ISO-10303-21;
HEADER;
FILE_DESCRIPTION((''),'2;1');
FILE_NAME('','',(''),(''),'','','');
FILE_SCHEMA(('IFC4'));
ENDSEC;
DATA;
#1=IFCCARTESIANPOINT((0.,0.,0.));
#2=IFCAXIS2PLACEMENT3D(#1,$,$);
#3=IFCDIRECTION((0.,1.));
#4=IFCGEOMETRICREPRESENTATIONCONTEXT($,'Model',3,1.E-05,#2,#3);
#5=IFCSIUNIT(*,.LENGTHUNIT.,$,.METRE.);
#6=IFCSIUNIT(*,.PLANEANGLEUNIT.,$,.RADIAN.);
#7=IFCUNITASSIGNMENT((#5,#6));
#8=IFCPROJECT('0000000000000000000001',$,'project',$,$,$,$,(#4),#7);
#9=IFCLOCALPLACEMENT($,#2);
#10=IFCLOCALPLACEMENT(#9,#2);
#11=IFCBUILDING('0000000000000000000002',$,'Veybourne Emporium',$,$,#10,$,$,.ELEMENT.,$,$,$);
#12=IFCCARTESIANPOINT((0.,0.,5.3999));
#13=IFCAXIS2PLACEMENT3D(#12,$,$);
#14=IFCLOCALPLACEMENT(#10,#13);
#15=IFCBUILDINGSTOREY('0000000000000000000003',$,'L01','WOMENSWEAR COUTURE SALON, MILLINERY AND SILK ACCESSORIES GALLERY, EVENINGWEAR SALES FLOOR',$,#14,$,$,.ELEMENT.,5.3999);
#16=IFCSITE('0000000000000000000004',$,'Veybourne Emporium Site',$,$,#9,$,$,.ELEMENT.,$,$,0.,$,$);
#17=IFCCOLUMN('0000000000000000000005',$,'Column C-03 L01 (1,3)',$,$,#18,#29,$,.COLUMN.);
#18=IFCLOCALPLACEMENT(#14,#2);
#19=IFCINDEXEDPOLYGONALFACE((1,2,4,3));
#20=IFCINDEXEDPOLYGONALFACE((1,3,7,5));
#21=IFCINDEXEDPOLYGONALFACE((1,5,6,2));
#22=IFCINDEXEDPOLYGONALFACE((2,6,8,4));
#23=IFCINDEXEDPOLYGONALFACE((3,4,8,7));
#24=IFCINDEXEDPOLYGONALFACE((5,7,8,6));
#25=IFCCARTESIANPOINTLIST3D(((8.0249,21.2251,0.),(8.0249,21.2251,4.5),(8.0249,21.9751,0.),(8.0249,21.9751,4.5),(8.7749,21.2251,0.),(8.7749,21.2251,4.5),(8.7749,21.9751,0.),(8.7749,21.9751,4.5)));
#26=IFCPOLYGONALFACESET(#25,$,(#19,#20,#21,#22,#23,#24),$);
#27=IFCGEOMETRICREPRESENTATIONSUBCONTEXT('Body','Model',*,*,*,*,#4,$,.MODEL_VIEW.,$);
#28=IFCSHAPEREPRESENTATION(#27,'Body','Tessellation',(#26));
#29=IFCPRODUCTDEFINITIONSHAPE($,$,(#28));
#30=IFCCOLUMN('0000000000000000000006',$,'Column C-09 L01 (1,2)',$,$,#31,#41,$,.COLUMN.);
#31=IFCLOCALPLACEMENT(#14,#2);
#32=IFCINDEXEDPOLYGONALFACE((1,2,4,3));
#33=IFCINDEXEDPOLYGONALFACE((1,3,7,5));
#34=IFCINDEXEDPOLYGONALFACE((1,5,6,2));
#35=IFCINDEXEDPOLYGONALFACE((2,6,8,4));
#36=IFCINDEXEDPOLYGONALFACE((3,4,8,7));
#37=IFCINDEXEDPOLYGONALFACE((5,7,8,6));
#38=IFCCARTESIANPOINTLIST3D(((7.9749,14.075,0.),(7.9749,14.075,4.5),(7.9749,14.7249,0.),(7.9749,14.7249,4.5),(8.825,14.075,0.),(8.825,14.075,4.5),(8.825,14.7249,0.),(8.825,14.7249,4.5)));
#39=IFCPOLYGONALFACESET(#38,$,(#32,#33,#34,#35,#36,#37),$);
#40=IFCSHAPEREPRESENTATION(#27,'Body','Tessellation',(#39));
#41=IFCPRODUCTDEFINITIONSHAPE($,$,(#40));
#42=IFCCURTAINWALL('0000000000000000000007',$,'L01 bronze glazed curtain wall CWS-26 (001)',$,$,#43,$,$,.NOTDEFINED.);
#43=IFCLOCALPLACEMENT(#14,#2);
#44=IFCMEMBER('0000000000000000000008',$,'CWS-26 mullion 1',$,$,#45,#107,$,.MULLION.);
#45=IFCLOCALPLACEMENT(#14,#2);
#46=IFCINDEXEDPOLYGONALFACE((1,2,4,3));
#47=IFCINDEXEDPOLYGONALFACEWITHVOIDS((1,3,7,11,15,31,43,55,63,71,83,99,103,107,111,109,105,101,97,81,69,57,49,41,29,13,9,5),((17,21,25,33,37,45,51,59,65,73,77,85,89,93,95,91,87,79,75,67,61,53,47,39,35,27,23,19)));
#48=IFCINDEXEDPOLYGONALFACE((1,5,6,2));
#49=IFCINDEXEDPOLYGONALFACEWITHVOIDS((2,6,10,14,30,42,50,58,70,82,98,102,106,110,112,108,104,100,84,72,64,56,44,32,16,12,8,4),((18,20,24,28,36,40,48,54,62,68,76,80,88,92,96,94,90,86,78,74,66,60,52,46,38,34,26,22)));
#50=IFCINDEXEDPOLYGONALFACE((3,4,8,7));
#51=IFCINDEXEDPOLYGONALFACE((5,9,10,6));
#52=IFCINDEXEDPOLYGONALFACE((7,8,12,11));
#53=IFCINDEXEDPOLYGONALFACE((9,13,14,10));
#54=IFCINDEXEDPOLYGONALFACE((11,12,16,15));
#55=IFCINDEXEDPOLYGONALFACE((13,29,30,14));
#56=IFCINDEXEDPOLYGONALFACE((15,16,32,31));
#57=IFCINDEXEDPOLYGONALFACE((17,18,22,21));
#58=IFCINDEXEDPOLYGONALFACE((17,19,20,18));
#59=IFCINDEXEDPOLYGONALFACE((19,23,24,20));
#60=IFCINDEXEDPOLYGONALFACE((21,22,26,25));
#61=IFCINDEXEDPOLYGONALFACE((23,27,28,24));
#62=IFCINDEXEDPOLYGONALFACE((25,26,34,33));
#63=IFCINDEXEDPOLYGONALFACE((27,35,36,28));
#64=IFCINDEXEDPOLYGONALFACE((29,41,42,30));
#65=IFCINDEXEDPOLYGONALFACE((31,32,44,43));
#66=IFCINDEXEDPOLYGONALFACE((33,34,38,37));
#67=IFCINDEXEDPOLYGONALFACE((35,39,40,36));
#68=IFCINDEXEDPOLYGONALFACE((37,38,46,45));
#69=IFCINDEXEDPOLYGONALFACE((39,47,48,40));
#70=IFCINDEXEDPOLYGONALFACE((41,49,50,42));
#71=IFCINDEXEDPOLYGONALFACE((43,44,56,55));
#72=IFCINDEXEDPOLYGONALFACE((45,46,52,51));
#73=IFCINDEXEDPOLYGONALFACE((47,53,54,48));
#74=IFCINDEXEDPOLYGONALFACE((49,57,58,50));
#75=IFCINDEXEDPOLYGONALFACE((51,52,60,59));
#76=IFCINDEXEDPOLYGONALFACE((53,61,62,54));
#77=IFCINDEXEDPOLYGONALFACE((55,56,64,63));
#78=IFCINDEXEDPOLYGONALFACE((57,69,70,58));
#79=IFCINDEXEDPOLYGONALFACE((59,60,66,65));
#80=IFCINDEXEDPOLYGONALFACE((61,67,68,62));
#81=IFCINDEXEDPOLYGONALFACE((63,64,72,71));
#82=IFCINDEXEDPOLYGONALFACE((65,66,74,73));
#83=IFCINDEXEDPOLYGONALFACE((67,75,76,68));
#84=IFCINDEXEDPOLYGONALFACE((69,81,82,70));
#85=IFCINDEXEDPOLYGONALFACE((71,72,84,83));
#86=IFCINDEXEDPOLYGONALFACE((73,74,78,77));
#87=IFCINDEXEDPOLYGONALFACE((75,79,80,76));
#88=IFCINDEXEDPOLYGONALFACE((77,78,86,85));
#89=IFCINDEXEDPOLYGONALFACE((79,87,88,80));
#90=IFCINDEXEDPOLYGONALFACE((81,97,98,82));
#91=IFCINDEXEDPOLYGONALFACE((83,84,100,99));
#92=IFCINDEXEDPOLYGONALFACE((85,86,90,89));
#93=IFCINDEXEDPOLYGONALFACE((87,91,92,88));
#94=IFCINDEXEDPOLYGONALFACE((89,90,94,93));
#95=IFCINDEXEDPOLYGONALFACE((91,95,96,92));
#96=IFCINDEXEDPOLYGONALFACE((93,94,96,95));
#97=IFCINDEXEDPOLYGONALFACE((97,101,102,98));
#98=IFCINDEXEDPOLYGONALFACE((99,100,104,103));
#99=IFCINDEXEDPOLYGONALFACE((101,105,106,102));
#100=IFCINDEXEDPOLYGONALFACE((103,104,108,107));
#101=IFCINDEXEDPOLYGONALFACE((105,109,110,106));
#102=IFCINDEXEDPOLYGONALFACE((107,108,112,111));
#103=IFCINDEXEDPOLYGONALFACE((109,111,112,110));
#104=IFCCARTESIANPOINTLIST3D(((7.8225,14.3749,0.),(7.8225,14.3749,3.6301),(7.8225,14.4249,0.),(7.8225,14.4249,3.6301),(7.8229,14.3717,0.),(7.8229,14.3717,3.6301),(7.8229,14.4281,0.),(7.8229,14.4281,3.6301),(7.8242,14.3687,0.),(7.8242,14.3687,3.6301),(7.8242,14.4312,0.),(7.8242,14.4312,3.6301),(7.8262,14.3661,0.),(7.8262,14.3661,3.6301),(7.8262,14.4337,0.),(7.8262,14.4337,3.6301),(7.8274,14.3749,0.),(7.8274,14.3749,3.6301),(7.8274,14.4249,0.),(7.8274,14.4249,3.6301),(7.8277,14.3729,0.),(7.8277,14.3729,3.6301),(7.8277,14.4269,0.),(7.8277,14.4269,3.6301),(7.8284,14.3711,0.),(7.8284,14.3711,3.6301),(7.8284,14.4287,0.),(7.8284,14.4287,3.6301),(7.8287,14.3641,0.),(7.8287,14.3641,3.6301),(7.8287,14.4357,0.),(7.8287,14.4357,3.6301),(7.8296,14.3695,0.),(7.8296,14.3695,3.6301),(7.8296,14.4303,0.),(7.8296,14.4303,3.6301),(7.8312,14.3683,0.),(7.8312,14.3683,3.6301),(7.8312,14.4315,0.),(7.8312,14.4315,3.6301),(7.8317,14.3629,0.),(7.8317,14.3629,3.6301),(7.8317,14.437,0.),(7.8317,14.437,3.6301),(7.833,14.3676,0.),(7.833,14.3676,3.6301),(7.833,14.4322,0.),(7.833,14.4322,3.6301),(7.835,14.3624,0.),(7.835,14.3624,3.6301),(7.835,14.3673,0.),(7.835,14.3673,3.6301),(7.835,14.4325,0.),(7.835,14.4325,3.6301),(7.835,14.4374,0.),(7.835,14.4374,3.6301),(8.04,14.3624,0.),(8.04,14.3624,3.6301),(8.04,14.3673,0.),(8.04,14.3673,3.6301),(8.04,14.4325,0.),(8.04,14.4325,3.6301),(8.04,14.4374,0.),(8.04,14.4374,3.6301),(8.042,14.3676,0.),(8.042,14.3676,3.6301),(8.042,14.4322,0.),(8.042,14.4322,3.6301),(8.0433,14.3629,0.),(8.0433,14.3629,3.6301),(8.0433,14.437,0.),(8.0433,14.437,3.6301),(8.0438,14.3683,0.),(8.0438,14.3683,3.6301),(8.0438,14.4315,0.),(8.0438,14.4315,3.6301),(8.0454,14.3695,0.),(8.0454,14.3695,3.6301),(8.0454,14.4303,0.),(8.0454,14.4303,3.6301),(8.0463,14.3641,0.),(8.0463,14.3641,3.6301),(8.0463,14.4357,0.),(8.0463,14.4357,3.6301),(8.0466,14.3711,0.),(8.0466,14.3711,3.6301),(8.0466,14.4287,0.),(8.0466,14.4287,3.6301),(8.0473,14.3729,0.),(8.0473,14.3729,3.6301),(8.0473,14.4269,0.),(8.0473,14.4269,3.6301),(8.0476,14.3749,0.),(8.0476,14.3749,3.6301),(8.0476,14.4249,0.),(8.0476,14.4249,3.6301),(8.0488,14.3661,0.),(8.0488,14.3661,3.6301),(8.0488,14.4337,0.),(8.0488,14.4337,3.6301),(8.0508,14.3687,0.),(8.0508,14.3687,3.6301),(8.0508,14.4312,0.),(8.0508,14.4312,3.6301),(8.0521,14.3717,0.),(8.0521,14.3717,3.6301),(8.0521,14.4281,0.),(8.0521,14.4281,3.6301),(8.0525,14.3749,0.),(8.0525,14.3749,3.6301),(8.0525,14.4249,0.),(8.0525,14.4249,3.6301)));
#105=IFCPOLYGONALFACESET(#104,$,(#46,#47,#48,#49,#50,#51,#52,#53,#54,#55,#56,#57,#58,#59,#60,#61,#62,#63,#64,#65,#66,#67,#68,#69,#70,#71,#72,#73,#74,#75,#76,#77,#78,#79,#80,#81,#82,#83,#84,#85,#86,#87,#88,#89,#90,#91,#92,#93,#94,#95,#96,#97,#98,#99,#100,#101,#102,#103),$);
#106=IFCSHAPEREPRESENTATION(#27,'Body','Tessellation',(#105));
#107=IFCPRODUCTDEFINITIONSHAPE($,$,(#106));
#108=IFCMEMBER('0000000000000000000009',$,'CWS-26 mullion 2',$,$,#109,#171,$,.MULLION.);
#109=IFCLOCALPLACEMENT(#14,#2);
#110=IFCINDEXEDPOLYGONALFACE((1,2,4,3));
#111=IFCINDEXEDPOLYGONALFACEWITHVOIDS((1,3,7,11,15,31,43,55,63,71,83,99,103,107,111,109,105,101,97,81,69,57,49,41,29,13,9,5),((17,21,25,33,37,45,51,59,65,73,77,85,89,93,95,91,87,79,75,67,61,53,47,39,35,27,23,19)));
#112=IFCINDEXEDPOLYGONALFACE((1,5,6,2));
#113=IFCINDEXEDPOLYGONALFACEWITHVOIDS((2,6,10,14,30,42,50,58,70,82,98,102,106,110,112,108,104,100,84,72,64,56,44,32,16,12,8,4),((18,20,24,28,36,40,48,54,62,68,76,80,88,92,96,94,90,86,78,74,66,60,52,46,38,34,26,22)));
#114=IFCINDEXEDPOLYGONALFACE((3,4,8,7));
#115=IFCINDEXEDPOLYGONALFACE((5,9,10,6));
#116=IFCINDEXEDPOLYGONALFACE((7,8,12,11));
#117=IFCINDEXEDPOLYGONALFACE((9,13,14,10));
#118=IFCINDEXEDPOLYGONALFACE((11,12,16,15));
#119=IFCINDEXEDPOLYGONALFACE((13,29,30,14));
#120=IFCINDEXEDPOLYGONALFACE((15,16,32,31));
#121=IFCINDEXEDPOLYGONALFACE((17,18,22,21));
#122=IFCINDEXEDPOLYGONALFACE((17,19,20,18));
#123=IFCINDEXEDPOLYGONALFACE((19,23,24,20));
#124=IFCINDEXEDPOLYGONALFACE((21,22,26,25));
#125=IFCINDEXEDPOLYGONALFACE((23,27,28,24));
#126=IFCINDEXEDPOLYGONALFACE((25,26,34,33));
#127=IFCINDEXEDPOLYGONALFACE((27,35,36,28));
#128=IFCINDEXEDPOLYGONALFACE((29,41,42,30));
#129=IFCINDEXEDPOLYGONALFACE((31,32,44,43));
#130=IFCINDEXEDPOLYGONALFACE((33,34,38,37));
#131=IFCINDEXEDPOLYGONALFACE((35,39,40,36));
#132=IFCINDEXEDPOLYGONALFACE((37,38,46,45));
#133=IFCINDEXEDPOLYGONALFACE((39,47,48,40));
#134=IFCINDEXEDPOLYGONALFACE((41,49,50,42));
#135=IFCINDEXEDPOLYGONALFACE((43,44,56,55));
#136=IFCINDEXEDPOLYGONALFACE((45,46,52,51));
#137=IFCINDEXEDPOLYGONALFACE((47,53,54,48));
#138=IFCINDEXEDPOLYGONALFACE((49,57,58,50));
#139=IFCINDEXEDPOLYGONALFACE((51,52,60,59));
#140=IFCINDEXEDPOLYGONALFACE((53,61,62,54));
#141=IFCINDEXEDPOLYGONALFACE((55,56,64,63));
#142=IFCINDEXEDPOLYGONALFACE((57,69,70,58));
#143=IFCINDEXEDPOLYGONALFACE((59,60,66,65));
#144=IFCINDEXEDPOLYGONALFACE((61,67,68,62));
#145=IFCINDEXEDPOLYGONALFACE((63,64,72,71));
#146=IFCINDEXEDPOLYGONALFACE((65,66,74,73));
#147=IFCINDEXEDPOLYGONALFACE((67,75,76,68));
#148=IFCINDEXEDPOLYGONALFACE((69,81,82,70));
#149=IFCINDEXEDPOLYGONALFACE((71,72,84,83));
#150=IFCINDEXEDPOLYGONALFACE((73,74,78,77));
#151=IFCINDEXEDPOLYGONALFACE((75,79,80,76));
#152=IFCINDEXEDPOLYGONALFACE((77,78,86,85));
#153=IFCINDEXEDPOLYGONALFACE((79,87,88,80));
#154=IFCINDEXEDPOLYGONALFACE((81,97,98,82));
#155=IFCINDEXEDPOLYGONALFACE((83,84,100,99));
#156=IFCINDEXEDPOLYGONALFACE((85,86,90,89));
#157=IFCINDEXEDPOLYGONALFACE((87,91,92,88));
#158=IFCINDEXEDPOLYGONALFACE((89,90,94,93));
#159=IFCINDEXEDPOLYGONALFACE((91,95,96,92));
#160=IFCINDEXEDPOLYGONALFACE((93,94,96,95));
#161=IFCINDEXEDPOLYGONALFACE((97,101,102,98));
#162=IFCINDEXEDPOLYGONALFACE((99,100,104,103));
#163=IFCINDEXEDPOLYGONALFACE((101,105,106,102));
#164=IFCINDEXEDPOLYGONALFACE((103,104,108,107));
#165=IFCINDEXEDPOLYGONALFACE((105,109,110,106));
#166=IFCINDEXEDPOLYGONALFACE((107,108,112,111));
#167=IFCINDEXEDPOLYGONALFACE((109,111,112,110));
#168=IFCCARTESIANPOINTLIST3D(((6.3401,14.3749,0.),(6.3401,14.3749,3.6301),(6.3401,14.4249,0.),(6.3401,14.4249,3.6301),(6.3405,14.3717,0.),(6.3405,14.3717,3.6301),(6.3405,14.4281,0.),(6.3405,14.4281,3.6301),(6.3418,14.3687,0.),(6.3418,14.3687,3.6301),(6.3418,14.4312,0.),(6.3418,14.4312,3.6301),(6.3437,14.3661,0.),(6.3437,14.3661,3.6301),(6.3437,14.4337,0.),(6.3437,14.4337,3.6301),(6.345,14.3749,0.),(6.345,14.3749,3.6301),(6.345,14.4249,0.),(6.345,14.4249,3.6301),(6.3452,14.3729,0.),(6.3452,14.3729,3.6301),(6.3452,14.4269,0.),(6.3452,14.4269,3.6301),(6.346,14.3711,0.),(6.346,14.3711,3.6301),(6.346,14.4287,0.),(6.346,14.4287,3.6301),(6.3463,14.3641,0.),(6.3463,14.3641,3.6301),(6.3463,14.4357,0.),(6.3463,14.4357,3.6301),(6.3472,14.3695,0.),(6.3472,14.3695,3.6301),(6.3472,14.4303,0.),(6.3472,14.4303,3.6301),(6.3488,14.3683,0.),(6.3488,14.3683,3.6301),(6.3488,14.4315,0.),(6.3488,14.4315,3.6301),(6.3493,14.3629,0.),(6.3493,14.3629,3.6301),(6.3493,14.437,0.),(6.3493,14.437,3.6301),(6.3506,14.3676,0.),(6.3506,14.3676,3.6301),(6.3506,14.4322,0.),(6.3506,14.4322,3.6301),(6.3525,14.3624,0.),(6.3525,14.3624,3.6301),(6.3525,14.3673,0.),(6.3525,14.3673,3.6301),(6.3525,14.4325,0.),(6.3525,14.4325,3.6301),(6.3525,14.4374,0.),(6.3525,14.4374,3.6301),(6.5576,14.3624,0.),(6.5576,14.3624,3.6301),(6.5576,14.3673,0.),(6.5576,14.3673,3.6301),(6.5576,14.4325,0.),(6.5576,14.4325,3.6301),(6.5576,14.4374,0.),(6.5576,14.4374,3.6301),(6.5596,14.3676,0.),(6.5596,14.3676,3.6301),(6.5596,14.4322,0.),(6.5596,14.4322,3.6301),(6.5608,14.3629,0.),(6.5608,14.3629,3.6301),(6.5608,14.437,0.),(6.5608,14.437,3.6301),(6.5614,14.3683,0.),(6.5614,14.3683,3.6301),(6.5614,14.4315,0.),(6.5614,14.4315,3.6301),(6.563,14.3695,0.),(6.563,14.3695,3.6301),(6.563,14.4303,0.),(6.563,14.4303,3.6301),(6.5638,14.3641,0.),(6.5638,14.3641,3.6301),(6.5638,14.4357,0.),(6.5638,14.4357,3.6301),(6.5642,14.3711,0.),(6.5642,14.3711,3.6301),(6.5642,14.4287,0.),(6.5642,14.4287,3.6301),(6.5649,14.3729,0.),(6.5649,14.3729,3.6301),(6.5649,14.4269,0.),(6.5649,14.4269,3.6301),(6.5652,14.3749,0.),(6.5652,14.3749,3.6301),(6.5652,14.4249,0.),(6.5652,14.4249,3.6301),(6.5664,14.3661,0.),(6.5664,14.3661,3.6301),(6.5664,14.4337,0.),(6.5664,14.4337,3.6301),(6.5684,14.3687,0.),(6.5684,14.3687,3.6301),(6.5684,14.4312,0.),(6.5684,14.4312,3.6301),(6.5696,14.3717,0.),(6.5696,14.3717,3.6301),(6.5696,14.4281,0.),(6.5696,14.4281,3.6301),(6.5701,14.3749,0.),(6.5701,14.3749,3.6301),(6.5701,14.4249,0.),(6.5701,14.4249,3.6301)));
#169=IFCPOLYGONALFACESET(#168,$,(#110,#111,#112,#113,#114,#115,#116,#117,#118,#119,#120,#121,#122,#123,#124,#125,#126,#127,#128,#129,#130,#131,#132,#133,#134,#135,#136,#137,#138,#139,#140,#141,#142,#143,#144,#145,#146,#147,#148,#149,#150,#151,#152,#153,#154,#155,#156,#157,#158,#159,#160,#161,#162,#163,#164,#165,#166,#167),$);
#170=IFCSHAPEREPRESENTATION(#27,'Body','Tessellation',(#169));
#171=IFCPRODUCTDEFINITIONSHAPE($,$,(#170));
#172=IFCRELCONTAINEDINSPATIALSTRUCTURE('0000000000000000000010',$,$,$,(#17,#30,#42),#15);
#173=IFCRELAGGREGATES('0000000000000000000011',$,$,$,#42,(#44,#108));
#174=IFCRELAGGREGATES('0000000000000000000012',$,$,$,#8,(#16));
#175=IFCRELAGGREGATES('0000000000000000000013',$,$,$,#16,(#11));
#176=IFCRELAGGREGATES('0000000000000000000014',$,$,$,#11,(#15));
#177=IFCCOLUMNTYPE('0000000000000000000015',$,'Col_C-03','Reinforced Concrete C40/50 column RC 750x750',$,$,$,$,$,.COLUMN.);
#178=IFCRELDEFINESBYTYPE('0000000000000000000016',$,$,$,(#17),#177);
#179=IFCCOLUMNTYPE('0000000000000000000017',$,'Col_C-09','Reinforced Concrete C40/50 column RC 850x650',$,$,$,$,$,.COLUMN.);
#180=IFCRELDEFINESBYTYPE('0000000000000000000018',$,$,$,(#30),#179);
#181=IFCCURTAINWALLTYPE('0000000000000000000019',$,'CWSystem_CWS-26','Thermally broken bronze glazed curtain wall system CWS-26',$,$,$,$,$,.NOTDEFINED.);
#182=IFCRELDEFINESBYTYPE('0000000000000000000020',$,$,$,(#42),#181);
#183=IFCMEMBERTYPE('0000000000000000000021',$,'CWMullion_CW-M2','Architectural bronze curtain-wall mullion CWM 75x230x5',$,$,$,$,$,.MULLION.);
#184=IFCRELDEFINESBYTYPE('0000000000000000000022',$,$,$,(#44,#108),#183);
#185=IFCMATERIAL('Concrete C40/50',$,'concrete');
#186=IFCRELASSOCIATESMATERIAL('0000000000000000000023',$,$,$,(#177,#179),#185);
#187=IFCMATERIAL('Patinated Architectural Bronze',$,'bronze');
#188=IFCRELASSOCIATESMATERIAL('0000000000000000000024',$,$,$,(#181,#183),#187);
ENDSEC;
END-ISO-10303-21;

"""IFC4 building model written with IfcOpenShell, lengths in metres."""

from ifc_helpers import new_model, si_unit, direction, frame, origin, origin_2d, place, context, subcontext, project, spatial, rectangle, hollow_rectangle, extrude, material, material_profile, profile_set, type_object, element, aggregate, save


model = new_model("IFC4")

# Units and contexts
model_context = context("Model", 3, precision=1e-05, world=origin(), true_north=direction((0.0, 1.0)))
body_context = subcontext(model_context, "Body", "Model", "MODEL_VIEW")
ifc_project = project(units=[si_unit("LENGTHUNIT", "METRE"), si_unit("PLANEANGLEUNIT", "RADIAN")], contexts=[model_context])

# Site, building, storey
site_placement = place(None, origin())
site = spatial("IfcSite", under=ifc_project, at=site_placement, Name="Veybourne Emporium Site", CompositionType="ELEMENT", RefElevation=0.0)
building_placement = place(site_placement, origin())
building = spatial("IfcBuilding", under=site, at=building_placement, Name="Veybourne Emporium", CompositionType="ELEMENT")
storey_placement = place(building_placement, frame((0.0, 0.0, 5.3999)))
storey = spatial("IfcBuildingStorey", under=building, at=storey_placement, Name="L01", Description="WOMENSWEAR COUTURE SALON, MILLINERY AND SILK ACCESSORIES GALLERY, EVENINGWEAR SALES FLOOR", CompositionType="ELEMENT", Elevation=5.3999)

# Columns
ifc_material_1 = material(Name="Concrete C40/50", Category="concrete")
ifc_material_profile_1 = material_profile(ifc_material_1, rectangle(XDim=0.75, YDim=0.75, at=origin_2d()), Name="RC 750x750")
ifc_profile_set_1 = profile_set([ifc_material_profile_1], Name="Concrete C40/50")
column_type_1 = type_object("IfcColumnType", Name="Col_C-03", Description="Reinforced Concrete C40/50 column RC 750x750", PredefinedType="COLUMN", material=ifc_profile_set_1)
column_1_placement = place(storey_placement, frame((8.3999, 21.6001, 0.0), z_axis=(0.0, 0.0, 1.0), x_axis=(1.0, 0.0, 0.0)))
element("IfcColumn", 1, at=column_1_placement, inside=storey, type_object=column_type_1, Name="Column C-03 L01 (1,3)", PredefinedType="COLUMN", context=body_context, shape_type="SweptSolid", body=[
    extrude(rectangle(XDim=0.75, YDim=0.75, at=origin_2d()), origin(), (0.0, 0.0, 1.0), 4.5),
])
ifc_material_profile_2 = material_profile(ifc_material_1, rectangle(XDim=0.8501, YDim=0.6499, at=origin_2d()), Name="RC 850x650")
ifc_profile_set_2 = profile_set([ifc_material_profile_2], Name="Concrete C40/50")
column_type_2 = type_object("IfcColumnType", Name="Col_C-09", Description="Reinforced Concrete C40/50 column RC 850x650", PredefinedType="COLUMN", material=ifc_profile_set_2)
column_2_placement = place(storey_placement, frame((8.3999, 14.3999, 0.0), z_axis=(0.0, 0.0, 1.0), x_axis=(1.0, 0.0, 0.0)))
element("IfcColumn", 2, at=column_2_placement, inside=storey, type_object=column_type_2, Name="Column C-09 L01 (1,2)", PredefinedType="COLUMN", context=body_context, shape_type="SweptSolid", body=[
    extrude(rectangle(XDim=0.8501, YDim=0.6499, at=origin_2d()), origin(), (0.0, 0.0, 1.0), 4.5),
])

# Curtain wall, members
ifc_material_2 = material(Name="Patinated Architectural Bronze", Category="bronze")
curtain_wall_type_1 = type_object("IfcCurtainWallType", Name="CWSystem_CWS-26", Description="Thermally broken bronze glazed curtain wall system CWS-26", PredefinedType="NOTDEFINED", material=ifc_material_2)
curtain_wall_1_placement = place(storey_placement, origin())
curtain_wall_1 = element("IfcCurtainWall", 3, at=curtain_wall_1_placement, inside=storey, type_object=curtain_wall_type_1, Name="L01 bronze glazed curtain wall CWS-26 (001)", PredefinedType="NOTDEFINED")
ifc_material_profile_3 = material_profile(ifc_material_2, hollow_rectangle(XDim=0.075, YDim=0.23, WallThickness=0.0049, InnerFilletRadius=0.0076, OuterFilletRadius=0.0125, at=origin_2d()), Name="CWM 75x230x5")
ifc_profile_set_3 = profile_set([ifc_material_profile_3], Name="Patinated Architectural Bronze")
member_type_1 = type_object("IfcMemberType", Name="CWMullion_CW-M2", Description="Architectural bronze curtain-wall mullion CWM 75x230x5", PredefinedType="MULLION", material=ifc_profile_set_3)
member_1_placement = place(storey_placement, frame((7.9375, 14.3999, 0.0), z_axis=(0.0, 0.0, 1.0), x_axis=(0.0, -1.0, 0.0)))
member_1 = element("IfcMember", 4, at=member_1_placement, type_object=member_type_1, Name="CWS-26 mullion 1", PredefinedType="MULLION", context=body_context, shape_type="SweptSolid", body=[
    extrude(hollow_rectangle(XDim=0.075, YDim=0.23, WallThickness=0.0049, InnerFilletRadius=0.0076, OuterFilletRadius=0.0125, at=origin_2d()), origin(), (0.0, 0.0, 1.0), 3.6301),
])
member_2_placement = place(storey_placement, frame((6.4551, 14.3999, 0.0), z_axis=(0.0, 0.0, 1.0), x_axis=(0.0, -1.0, 0.0)))
member_2 = element("IfcMember", 5, at=member_2_placement, type_object=member_type_1, Name="CWS-26 mullion 2", PredefinedType="MULLION", context=body_context, shape_type="SweptSolid", body=[
    extrude(hollow_rectangle(XDim=0.075, YDim=0.23, WallThickness=0.0049, InnerFilletRadius=0.0076, OuterFilletRadius=0.0125, at=origin_2d()), origin(), (0.0, 0.0, 1.0), 3.6301),
])

aggregate(curtain_wall_1, [member_1, member_2])

save(model, "model.ifc")
